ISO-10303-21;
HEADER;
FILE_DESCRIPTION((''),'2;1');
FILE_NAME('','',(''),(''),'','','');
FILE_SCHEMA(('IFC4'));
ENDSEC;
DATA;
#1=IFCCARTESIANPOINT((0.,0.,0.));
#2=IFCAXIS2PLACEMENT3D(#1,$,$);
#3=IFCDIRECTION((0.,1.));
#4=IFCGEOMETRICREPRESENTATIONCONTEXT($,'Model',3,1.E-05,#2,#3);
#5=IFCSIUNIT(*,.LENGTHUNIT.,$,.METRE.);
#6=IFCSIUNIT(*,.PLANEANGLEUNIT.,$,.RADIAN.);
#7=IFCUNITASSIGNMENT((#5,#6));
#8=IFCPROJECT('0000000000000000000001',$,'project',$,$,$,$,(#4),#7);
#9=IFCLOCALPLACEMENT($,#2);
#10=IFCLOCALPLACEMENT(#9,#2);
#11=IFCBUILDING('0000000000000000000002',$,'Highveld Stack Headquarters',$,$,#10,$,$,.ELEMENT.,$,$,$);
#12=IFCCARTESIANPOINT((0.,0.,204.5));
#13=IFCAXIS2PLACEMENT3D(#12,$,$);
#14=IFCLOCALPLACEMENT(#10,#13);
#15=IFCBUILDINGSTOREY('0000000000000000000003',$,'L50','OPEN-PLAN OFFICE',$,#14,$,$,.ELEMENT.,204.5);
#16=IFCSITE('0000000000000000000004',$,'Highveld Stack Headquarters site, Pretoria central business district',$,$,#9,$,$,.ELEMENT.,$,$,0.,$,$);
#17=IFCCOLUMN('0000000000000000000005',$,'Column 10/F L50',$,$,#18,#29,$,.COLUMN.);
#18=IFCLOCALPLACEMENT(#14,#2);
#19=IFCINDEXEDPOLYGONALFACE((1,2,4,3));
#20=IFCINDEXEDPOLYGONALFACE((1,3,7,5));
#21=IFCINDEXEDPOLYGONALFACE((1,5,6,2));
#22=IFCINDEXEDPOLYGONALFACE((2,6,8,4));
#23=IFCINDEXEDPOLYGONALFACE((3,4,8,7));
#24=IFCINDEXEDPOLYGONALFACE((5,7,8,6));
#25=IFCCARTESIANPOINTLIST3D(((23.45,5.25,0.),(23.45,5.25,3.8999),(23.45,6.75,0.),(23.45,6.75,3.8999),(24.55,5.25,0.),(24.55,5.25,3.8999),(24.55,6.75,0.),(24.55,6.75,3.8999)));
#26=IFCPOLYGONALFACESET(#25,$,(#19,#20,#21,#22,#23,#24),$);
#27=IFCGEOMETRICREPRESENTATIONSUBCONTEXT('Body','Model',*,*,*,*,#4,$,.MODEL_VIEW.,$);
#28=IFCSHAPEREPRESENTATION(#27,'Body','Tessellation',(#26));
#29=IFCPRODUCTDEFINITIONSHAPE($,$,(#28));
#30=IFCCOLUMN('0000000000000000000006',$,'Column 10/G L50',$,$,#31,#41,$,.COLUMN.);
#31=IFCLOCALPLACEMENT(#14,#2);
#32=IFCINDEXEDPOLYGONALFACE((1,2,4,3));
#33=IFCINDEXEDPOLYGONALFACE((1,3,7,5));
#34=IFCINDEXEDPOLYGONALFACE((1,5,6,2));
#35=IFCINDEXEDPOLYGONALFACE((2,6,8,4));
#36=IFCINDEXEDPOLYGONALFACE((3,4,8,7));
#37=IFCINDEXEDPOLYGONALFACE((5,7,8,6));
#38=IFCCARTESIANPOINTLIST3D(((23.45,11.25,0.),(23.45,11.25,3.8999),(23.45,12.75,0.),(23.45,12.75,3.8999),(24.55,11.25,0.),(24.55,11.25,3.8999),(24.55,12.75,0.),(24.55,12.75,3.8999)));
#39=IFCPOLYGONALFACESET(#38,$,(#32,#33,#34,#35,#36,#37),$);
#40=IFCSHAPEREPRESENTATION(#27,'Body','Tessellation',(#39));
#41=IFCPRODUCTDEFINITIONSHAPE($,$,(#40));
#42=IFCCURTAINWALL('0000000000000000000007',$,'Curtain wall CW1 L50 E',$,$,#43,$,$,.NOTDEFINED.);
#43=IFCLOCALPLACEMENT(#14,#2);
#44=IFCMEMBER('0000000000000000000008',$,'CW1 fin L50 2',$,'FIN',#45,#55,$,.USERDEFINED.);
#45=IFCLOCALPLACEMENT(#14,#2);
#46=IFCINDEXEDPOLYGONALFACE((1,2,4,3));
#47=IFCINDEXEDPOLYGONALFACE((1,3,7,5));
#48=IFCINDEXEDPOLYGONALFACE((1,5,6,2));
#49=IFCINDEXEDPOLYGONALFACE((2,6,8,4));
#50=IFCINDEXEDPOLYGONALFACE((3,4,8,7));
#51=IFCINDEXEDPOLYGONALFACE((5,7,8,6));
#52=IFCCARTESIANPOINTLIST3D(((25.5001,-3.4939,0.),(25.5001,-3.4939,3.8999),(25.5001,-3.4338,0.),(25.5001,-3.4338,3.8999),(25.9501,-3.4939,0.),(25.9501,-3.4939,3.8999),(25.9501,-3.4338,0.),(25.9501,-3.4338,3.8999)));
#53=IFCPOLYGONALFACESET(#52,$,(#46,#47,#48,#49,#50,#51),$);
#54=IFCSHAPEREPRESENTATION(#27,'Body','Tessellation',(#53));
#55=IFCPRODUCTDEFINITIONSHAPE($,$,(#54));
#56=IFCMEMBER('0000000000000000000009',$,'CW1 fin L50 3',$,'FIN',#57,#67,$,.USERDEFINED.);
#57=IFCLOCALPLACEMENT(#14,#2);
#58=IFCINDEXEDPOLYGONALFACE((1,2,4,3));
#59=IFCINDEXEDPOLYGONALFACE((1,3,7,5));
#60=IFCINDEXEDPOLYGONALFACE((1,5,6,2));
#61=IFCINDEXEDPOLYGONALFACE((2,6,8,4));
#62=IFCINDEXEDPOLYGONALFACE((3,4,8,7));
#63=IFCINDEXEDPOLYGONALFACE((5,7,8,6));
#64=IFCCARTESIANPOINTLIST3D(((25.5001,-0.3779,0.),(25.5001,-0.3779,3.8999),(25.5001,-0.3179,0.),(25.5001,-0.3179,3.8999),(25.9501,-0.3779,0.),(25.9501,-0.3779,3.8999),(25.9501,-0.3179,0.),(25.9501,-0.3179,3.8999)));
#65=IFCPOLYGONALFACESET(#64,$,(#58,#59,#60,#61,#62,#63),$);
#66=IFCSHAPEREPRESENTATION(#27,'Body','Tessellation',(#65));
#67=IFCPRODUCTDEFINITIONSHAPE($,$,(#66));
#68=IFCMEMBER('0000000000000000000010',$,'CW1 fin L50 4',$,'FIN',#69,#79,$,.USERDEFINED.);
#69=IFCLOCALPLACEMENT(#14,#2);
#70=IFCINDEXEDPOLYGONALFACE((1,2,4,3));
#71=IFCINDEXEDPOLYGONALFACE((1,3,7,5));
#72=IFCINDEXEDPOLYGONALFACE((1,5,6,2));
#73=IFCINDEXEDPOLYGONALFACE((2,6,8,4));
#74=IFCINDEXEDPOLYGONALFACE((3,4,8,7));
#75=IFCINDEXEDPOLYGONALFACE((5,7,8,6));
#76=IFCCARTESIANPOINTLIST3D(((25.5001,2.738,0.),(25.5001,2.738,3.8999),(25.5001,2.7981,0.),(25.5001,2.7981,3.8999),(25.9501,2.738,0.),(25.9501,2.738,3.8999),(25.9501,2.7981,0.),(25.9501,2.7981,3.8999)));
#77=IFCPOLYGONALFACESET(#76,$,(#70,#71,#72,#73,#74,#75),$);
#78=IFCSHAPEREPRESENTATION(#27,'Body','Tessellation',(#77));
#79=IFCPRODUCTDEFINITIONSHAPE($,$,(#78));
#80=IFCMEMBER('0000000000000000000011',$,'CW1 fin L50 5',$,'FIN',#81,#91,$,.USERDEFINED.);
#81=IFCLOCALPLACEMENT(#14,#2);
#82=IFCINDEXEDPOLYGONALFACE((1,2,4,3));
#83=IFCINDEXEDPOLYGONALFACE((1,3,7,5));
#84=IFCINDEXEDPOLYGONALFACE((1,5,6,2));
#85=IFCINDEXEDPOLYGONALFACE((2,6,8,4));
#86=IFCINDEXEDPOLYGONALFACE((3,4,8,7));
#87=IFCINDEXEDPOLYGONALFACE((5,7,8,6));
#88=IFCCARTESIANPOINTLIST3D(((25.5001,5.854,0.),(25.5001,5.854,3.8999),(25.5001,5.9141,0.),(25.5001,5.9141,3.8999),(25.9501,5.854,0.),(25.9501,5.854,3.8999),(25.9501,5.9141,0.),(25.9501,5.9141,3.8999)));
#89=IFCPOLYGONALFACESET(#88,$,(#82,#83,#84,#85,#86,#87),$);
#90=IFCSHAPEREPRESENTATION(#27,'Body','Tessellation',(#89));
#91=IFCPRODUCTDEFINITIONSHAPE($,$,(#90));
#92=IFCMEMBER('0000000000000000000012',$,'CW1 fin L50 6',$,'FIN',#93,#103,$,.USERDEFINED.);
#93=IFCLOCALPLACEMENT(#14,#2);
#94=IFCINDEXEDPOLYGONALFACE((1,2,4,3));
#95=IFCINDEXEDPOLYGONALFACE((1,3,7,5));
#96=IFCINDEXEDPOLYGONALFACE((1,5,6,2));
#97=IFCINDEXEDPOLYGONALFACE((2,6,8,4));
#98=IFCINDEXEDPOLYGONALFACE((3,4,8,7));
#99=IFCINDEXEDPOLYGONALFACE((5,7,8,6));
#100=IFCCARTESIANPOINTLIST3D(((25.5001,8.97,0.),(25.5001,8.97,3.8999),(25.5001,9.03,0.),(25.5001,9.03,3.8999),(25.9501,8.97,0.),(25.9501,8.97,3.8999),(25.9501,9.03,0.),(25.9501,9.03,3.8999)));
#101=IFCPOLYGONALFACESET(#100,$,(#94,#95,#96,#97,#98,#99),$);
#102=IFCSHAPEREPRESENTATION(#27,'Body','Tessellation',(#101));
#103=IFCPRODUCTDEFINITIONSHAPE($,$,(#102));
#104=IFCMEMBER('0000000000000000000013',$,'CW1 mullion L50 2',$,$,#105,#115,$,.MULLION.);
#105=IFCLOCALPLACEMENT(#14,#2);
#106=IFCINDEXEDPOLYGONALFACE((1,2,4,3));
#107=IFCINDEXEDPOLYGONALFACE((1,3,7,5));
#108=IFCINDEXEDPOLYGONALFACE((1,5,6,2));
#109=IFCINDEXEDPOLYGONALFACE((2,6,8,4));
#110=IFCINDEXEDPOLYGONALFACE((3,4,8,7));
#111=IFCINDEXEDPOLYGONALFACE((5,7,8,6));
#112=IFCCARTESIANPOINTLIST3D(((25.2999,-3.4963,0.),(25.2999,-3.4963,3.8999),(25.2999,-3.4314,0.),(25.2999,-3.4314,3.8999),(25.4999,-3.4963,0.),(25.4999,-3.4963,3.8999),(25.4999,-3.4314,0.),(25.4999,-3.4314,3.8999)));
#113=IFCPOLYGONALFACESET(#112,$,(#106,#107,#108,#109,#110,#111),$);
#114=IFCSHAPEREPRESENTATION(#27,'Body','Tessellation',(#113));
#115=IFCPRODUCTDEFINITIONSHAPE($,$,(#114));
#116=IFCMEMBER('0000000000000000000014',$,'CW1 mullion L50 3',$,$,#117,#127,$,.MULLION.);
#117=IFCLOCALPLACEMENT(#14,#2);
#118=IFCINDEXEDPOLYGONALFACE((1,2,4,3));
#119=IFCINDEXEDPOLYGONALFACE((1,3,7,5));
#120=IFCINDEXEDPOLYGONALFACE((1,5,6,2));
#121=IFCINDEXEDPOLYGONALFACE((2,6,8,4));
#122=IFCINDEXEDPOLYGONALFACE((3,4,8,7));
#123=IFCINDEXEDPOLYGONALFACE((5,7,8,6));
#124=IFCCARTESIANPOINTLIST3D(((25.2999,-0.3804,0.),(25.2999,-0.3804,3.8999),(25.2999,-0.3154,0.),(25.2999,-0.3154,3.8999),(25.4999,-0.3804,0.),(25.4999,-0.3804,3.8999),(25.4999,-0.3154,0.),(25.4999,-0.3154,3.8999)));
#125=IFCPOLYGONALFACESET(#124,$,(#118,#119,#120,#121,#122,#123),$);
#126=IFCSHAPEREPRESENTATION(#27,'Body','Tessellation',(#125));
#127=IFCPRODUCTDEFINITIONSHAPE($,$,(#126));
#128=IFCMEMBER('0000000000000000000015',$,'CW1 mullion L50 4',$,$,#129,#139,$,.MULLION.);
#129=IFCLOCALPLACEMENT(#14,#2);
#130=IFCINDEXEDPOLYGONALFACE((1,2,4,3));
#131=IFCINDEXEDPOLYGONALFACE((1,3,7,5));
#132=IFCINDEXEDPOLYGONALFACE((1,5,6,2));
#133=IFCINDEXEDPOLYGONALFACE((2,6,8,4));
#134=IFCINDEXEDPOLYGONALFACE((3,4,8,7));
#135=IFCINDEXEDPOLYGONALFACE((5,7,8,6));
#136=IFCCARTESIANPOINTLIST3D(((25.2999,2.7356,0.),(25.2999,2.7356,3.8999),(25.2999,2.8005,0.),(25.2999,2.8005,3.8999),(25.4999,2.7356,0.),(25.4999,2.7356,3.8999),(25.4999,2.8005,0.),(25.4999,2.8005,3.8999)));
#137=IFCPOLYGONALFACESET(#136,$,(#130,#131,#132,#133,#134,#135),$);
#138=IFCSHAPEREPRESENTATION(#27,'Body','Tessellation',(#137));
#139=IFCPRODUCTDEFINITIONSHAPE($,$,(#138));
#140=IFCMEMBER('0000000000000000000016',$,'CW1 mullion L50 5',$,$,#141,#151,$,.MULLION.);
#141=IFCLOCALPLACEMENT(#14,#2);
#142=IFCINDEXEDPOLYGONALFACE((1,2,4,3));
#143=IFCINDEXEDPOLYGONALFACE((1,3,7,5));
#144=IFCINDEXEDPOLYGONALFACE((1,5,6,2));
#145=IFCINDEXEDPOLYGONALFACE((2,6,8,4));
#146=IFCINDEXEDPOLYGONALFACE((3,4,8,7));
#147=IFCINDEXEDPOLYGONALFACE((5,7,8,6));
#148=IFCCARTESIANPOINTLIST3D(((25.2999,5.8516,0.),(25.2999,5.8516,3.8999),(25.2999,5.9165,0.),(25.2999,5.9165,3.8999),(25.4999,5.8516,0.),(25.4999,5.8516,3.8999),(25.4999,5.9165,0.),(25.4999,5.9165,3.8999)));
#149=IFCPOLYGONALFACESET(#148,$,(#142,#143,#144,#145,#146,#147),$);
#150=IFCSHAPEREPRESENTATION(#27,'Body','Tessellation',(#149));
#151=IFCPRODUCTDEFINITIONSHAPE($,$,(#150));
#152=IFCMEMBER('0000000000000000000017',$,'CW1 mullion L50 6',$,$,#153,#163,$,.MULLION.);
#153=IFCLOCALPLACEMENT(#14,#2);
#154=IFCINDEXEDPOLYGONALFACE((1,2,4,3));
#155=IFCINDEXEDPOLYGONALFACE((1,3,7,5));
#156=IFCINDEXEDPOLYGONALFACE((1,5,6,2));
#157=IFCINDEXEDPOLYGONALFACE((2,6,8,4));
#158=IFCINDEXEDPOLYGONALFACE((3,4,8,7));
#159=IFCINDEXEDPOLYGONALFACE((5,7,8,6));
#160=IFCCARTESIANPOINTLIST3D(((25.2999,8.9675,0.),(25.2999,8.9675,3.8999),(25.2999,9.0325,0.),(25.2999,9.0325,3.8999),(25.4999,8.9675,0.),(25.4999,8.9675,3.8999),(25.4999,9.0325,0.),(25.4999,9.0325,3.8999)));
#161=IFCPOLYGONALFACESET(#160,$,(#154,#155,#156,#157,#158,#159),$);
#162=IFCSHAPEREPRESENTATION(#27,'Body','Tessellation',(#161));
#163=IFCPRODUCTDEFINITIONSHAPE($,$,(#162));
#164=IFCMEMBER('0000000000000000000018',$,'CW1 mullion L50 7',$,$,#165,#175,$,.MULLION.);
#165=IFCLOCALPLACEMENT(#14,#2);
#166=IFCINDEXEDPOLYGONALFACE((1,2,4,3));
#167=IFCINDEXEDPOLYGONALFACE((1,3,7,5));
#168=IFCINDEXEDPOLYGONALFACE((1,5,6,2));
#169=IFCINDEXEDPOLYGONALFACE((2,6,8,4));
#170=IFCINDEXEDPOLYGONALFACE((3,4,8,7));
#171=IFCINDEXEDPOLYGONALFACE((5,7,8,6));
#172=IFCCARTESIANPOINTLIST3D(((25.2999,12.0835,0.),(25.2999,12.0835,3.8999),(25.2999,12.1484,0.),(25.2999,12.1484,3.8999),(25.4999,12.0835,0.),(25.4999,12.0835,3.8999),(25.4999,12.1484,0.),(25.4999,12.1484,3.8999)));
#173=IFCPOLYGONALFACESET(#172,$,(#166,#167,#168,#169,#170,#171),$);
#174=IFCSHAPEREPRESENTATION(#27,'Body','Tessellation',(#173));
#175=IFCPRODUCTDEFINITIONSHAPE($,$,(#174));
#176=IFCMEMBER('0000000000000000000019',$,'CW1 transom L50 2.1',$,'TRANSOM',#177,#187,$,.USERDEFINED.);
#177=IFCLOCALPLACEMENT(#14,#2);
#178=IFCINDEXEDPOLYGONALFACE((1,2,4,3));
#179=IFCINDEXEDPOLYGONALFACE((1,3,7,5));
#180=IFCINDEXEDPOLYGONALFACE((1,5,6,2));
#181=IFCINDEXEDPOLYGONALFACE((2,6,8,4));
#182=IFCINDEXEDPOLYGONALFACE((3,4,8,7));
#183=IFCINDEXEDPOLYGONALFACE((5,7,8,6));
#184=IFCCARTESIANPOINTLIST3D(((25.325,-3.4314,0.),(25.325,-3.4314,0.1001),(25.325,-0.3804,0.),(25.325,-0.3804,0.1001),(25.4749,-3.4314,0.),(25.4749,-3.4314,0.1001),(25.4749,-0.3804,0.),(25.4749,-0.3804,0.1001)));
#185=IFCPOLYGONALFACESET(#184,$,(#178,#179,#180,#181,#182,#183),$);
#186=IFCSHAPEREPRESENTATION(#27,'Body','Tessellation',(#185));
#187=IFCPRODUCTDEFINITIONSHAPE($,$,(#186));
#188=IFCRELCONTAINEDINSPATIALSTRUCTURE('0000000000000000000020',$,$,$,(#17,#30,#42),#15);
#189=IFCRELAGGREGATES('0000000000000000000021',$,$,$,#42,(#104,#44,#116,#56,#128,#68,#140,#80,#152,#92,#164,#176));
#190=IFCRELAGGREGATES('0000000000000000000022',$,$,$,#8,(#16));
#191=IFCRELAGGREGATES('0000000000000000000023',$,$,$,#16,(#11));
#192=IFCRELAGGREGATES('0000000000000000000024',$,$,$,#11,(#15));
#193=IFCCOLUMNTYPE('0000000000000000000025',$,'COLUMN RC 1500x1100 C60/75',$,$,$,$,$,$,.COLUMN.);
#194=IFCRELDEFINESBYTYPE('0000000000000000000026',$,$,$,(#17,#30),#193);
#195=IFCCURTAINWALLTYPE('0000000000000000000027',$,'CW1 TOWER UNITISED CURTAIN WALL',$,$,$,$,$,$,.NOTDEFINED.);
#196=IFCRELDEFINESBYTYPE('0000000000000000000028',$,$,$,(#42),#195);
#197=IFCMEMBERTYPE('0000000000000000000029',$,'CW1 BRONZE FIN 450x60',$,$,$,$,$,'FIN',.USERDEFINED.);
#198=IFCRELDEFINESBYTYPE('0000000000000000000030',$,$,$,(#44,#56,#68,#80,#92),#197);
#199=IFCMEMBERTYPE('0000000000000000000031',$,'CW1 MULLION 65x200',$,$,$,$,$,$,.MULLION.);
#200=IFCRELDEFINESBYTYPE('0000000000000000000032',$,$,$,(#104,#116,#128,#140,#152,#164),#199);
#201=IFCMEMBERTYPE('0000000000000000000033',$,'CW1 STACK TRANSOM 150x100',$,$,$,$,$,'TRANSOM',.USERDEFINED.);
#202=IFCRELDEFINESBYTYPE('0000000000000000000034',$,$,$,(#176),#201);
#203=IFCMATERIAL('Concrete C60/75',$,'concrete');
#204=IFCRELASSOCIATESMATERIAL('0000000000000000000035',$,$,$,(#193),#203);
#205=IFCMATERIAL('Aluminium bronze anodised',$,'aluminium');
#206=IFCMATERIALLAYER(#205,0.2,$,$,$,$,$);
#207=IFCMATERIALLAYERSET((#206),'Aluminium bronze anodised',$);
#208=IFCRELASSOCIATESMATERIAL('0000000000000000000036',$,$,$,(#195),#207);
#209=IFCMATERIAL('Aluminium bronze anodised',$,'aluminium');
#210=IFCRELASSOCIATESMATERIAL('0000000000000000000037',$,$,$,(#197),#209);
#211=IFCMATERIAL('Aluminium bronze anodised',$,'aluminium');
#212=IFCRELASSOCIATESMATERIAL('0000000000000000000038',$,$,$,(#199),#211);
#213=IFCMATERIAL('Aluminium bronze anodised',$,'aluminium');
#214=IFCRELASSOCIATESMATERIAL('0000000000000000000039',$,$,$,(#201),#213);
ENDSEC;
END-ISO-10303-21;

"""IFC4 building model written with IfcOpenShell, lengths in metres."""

from ifc_helpers import new_model, si_unit, direction, frame, origin, origin_2d, place, context, subcontext, project, spatial, rectangle, extrude, material, layer, layer_set, material_profile, profile_set, type_object, element, aggregate, save


model = new_model("IFC4")

# Units and contexts
model_context = context("Model", 3, precision=1e-05, world=origin(), true_north=direction((0.0, 1.0)))
body_context = subcontext(model_context, "Body", "Model", "MODEL_VIEW")
ifc_project = project(units=[si_unit("LENGTHUNIT", "METRE"), si_unit("PLANEANGLEUNIT", "RADIAN")], contexts=[model_context])

# Site, building, storey
site_placement = place(None, origin())
site = spatial("IfcSite", under=ifc_project, at=site_placement, Name="Highveld Stack Headquarters site, Pretoria central business district", CompositionType="ELEMENT", RefElevation=0.0)
building_placement = place(site_placement, origin())
building = spatial("IfcBuilding", under=site, at=building_placement, Name="Highveld Stack Headquarters", CompositionType="ELEMENT")
storey_placement = place(building_placement, frame((0.0, 0.0, 204.5)))
storey = spatial("IfcBuildingStorey", under=building, at=storey_placement, Name="L50", Description="OPEN-PLAN OFFICE", CompositionType="ELEMENT", Elevation=204.5)

# Columns
ifc_material_1 = material(Name="Concrete C60/75", Category="concrete")
ifc_material_profile_1 = material_profile(ifc_material_1, rectangle(XDim=1.5, YDim=1.1001, at=origin_2d()), Name="RC 1500x1100")
ifc_profile_set_1 = profile_set([ifc_material_profile_1], Name="Concrete C60/75")
column_type = type_object("IfcColumnType", Name="COLUMN RC 1500x1100 C60/75", PredefinedType="COLUMN", material=ifc_profile_set_1)
for number, where, z_axis, x_axis, name in (
    (1, (24.0, 6.0, 0.0), (0.0, 0.0, 1.0), (0.0, 1.0, 0.0), "Column 10/F L50"),
    (2, (24.0, 12.0, 0.0), (0.0, 0.0, 1.0), (0.0, 1.0, 0.0), "Column 10/G L50"),
):
    element("IfcColumn", number, at=place(storey_placement, frame(where, z_axis=z_axis, x_axis=x_axis)), inside=storey, type_object=column_type, Name=name, PredefinedType="COLUMN", context=body_context, shape_type="SweptSolid", body=[
        extrude(rectangle(XDim=1.5, YDim=1.1001, at=origin_2d()), origin(), (0.0, 0.0, 1.0), 3.8999),
    ])

# Curtain wall, members
ifc_material_2 = material(Name="Aluminium bronze anodised", Category="aluminium")
ifc_layer_1 = layer(ifc_material_2, 0.2)
ifc_layer_set_1 = layer_set([ifc_layer_1], Name="Aluminium bronze anodised")
curtain_wall_type = type_object("IfcCurtainWallType", Name="CW1 TOWER UNITISED CURTAIN WALL", PredefinedType="NOTDEFINED", material=ifc_layer_set_1)
curtain_wall_placement = place(storey_placement, origin())
curtain_wall = element("IfcCurtainWall", 3, at=curtain_wall_placement, inside=storey, type_object=curtain_wall_type, Name="Curtain wall CW1 L50 E", PredefinedType="NOTDEFINED")
ifc_material_3 = material(Name="Aluminium bronze anodised", Category="aluminium")
ifc_material_profile_2 = material_profile(ifc_material_3, rectangle(XDim=0.45, YDim=0.0601, at=origin_2d()), Name="FIN 450x60")
ifc_profile_set_2 = profile_set([ifc_material_profile_2], Name="Aluminium bronze anodised")
member_type_1 = type_object("IfcMemberType", Name="CW1 BRONZE FIN 450x60", ElementType="FIN", PredefinedType="USERDEFINED", material=ifc_profile_set_2)
member_1_placement = place(storey_placement, frame((25.7251, -3.4639, 0.0), z_axis=(0.0, 0.0, 1.0), x_axis=(-1.0, 0.0, 0.0)))
member_1 = element("IfcMember", 4, at=member_1_placement, type_object=member_type_1, Name="CW1 fin L50 2", ObjectType="FIN", PredefinedType="USERDEFINED", context=body_context, shape_type="SweptSolid", body=[
    extrude(rectangle(XDim=0.45, YDim=0.0601, at=origin_2d()), origin(), (0.0, 0.0, 1.0), 3.8999),
])
member_2_placement = place(storey_placement, frame((25.7251, -0.3479, 0.0), z_axis=(0.0, 0.0, 1.0), x_axis=(-1.0, 0.0, 0.0)))
member_2 = element("IfcMember", 5, at=member_2_placement, type_object=member_type_1, Name="CW1 fin L50 3", ObjectType="FIN", PredefinedType="USERDEFINED", context=body_context, shape_type="SweptSolid", body=[
    extrude(rectangle(XDim=0.45, YDim=0.0601, at=origin_2d()), origin(), (0.0, 0.0, 1.0), 3.8999),
])
member_3_placement = place(storey_placement, frame((25.7251, 2.7681, 0.0), z_axis=(0.0, 0.0, 1.0), x_axis=(-1.0, 0.0, 0.0)))
member_3 = element("IfcMember", 6, at=member_3_placement, type_object=member_type_1, Name="CW1 fin L50 4", ObjectType="FIN", PredefinedType="USERDEFINED", context=body_context, shape_type="SweptSolid", body=[
    extrude(rectangle(XDim=0.45, YDim=0.0601, at=origin_2d()), origin(), (0.0, 0.0, 1.0), 3.8999),
])
member_4_placement = place(storey_placement, frame((25.7251, 5.884, 0.0), z_axis=(0.0, 0.0, 1.0), x_axis=(-1.0, 0.0, 0.0)))
member_4 = element("IfcMember", 7, at=member_4_placement, type_object=member_type_1, Name="CW1 fin L50 5", ObjectType="FIN", PredefinedType="USERDEFINED", context=body_context, shape_type="SweptSolid", body=[
    extrude(rectangle(XDim=0.45, YDim=0.0601, at=origin_2d()), origin(), (0.0, 0.0, 1.0), 3.8999),
])
member_5_placement = place(storey_placement, frame((25.7251, 9.0, 0.0), z_axis=(0.0, 0.0, 1.0), x_axis=(-1.0, 0.0, 0.0)))
member_5 = element("IfcMember", 8, at=member_5_placement, type_object=member_type_1, Name="CW1 fin L50 6", ObjectType="FIN", PredefinedType="USERDEFINED", context=body_context, shape_type="SweptSolid", body=[
    extrude(rectangle(XDim=0.45, YDim=0.0601, at=origin_2d()), origin(), (0.0, 0.0, 1.0), 3.8999),
])
ifc_material_4 = material(Name="Aluminium bronze anodised", Category="aluminium")
ifc_material_profile_3 = material_profile(ifc_material_4, rectangle(XDim=0.2, YDim=0.0649, at=origin_2d()), Name="CW1 MULLION 65x200")
ifc_profile_set_3 = profile_set([ifc_material_profile_3], Name="Aluminium bronze anodised")
member_type_2 = type_object("IfcMemberType", Name="CW1 MULLION 65x200", PredefinedType="MULLION", material=ifc_profile_set_3)
member_6_placement = place(storey_placement, frame((25.3999, -3.4639, 0.0), z_axis=(0.0, 0.0, 1.0), x_axis=(-1.0, 0.0, 0.0)))
member_6 = element("IfcMember", 9, at=member_6_placement, type_object=member_type_2, Name="CW1 mullion L50 2", PredefinedType="MULLION", context=body_context, shape_type="SweptSolid", body=[
    extrude(rectangle(XDim=0.2, YDim=0.0649, at=origin_2d()), origin(), (0.0, 0.0, 1.0), 3.8999),
])
member_7_placement = place(storey_placement, frame((25.3999, -0.3479, 0.0), z_axis=(0.0, 0.0, 1.0), x_axis=(-1.0, 0.0, 0.0)))
member_7 = element("IfcMember", 10, at=member_7_placement, type_object=member_type_2, Name="CW1 mullion L50 3", PredefinedType="MULLION", context=body_context, shape_type="SweptSolid", body=[
    extrude(rectangle(XDim=0.2, YDim=0.0649, at=origin_2d()), origin(), (0.0, 0.0, 1.0), 3.8999),
])
member_8_placement = place(storey_placement, frame((25.3999, 2.7681, 0.0), z_axis=(0.0, 0.0, 1.0), x_axis=(-1.0, 0.0, 0.0)))
member_8 = element("IfcMember", 11, at=member_8_placement, type_object=member_type_2, Name="CW1 mullion L50 4", PredefinedType="MULLION", context=body_context, shape_type="SweptSolid", body=[
    extrude(rectangle(XDim=0.2, YDim=0.0649, at=origin_2d()), origin(), (0.0, 0.0, 1.0), 3.8999),
])
member_9_placement = place(storey_placement, frame((25.3999, 5.884, 0.0), z_axis=(0.0, 0.0, 1.0), x_axis=(-1.0, 0.0, 0.0)))
member_9 = element("IfcMember", 12, at=member_9_placement, type_object=member_type_2, Name="CW1 mullion L50 5", PredefinedType="MULLION", context=body_context, shape_type="SweptSolid", body=[
    extrude(rectangle(XDim=0.2, YDim=0.0649, at=origin_2d()), origin(), (0.0, 0.0, 1.0), 3.8999),
])
member_10_placement = place(storey_placement, frame((25.3999, 9.0, 0.0), z_axis=(0.0, 0.0, 1.0), x_axis=(-1.0, 0.0, 0.0)))
member_10 = element("IfcMember", 13, at=member_10_placement, type_object=member_type_2, Name="CW1 mullion L50 6", PredefinedType="MULLION", context=body_context, shape_type="SweptSolid", body=[
    extrude(rectangle(XDim=0.2, YDim=0.0649, at=origin_2d()), origin(), (0.0, 0.0, 1.0), 3.8999),
])
member_11_placement = place(storey_placement, frame((25.3999, 12.116, 0.0), z_axis=(0.0, 0.0, 1.0), x_axis=(-1.0, 0.0, 0.0)))
member_11 = element("IfcMember", 14, at=member_11_placement, type_object=member_type_2, Name="CW1 mullion L50 7", PredefinedType="MULLION", context=body_context, shape_type="SweptSolid", body=[
    extrude(rectangle(XDim=0.2, YDim=0.0649, at=origin_2d()), origin(), (0.0, 0.0, 1.0), 3.8999),
])
ifc_material_5 = material(Name="Aluminium bronze anodised", Category="aluminium")
ifc_material_profile_4 = material_profile(ifc_material_5, rectangle(XDim=0.1499, YDim=0.1001, at=origin_2d()), Name="CW1 TRANSOM 150x100")
ifc_profile_set_4 = profile_set([ifc_material_profile_4], Name="Aluminium bronze anodised")
member_type_3 = type_object("IfcMemberType", Name="CW1 STACK TRANSOM 150x100", ElementType="TRANSOM", PredefinedType="USERDEFINED", material=ifc_profile_set_4)
member_12_placement = place(storey_placement, frame((25.3999, -3.4314, 0.05), z_axis=(0.0, 1.0, 0.0), x_axis=(-1.0, 0.0, 0.0)))
member_12 = element("IfcMember", 15, at=member_12_placement, type_object=member_type_3, Name="CW1 transom L50 2.1", ObjectType="TRANSOM", PredefinedType="USERDEFINED", context=body_context, shape_type="SweptSolid", body=[
    extrude(rectangle(XDim=0.1499, YDim=0.1001, at=origin_2d()), origin(), (0.0, 0.0, 1.0), 3.051),
])
aggregate(curtain_wall, [member_6, member_1, member_7, member_2, member_8, member_3, member_9, member_4, member_10, member_5, member_11, member_12])

save(model, "model.ifc")
